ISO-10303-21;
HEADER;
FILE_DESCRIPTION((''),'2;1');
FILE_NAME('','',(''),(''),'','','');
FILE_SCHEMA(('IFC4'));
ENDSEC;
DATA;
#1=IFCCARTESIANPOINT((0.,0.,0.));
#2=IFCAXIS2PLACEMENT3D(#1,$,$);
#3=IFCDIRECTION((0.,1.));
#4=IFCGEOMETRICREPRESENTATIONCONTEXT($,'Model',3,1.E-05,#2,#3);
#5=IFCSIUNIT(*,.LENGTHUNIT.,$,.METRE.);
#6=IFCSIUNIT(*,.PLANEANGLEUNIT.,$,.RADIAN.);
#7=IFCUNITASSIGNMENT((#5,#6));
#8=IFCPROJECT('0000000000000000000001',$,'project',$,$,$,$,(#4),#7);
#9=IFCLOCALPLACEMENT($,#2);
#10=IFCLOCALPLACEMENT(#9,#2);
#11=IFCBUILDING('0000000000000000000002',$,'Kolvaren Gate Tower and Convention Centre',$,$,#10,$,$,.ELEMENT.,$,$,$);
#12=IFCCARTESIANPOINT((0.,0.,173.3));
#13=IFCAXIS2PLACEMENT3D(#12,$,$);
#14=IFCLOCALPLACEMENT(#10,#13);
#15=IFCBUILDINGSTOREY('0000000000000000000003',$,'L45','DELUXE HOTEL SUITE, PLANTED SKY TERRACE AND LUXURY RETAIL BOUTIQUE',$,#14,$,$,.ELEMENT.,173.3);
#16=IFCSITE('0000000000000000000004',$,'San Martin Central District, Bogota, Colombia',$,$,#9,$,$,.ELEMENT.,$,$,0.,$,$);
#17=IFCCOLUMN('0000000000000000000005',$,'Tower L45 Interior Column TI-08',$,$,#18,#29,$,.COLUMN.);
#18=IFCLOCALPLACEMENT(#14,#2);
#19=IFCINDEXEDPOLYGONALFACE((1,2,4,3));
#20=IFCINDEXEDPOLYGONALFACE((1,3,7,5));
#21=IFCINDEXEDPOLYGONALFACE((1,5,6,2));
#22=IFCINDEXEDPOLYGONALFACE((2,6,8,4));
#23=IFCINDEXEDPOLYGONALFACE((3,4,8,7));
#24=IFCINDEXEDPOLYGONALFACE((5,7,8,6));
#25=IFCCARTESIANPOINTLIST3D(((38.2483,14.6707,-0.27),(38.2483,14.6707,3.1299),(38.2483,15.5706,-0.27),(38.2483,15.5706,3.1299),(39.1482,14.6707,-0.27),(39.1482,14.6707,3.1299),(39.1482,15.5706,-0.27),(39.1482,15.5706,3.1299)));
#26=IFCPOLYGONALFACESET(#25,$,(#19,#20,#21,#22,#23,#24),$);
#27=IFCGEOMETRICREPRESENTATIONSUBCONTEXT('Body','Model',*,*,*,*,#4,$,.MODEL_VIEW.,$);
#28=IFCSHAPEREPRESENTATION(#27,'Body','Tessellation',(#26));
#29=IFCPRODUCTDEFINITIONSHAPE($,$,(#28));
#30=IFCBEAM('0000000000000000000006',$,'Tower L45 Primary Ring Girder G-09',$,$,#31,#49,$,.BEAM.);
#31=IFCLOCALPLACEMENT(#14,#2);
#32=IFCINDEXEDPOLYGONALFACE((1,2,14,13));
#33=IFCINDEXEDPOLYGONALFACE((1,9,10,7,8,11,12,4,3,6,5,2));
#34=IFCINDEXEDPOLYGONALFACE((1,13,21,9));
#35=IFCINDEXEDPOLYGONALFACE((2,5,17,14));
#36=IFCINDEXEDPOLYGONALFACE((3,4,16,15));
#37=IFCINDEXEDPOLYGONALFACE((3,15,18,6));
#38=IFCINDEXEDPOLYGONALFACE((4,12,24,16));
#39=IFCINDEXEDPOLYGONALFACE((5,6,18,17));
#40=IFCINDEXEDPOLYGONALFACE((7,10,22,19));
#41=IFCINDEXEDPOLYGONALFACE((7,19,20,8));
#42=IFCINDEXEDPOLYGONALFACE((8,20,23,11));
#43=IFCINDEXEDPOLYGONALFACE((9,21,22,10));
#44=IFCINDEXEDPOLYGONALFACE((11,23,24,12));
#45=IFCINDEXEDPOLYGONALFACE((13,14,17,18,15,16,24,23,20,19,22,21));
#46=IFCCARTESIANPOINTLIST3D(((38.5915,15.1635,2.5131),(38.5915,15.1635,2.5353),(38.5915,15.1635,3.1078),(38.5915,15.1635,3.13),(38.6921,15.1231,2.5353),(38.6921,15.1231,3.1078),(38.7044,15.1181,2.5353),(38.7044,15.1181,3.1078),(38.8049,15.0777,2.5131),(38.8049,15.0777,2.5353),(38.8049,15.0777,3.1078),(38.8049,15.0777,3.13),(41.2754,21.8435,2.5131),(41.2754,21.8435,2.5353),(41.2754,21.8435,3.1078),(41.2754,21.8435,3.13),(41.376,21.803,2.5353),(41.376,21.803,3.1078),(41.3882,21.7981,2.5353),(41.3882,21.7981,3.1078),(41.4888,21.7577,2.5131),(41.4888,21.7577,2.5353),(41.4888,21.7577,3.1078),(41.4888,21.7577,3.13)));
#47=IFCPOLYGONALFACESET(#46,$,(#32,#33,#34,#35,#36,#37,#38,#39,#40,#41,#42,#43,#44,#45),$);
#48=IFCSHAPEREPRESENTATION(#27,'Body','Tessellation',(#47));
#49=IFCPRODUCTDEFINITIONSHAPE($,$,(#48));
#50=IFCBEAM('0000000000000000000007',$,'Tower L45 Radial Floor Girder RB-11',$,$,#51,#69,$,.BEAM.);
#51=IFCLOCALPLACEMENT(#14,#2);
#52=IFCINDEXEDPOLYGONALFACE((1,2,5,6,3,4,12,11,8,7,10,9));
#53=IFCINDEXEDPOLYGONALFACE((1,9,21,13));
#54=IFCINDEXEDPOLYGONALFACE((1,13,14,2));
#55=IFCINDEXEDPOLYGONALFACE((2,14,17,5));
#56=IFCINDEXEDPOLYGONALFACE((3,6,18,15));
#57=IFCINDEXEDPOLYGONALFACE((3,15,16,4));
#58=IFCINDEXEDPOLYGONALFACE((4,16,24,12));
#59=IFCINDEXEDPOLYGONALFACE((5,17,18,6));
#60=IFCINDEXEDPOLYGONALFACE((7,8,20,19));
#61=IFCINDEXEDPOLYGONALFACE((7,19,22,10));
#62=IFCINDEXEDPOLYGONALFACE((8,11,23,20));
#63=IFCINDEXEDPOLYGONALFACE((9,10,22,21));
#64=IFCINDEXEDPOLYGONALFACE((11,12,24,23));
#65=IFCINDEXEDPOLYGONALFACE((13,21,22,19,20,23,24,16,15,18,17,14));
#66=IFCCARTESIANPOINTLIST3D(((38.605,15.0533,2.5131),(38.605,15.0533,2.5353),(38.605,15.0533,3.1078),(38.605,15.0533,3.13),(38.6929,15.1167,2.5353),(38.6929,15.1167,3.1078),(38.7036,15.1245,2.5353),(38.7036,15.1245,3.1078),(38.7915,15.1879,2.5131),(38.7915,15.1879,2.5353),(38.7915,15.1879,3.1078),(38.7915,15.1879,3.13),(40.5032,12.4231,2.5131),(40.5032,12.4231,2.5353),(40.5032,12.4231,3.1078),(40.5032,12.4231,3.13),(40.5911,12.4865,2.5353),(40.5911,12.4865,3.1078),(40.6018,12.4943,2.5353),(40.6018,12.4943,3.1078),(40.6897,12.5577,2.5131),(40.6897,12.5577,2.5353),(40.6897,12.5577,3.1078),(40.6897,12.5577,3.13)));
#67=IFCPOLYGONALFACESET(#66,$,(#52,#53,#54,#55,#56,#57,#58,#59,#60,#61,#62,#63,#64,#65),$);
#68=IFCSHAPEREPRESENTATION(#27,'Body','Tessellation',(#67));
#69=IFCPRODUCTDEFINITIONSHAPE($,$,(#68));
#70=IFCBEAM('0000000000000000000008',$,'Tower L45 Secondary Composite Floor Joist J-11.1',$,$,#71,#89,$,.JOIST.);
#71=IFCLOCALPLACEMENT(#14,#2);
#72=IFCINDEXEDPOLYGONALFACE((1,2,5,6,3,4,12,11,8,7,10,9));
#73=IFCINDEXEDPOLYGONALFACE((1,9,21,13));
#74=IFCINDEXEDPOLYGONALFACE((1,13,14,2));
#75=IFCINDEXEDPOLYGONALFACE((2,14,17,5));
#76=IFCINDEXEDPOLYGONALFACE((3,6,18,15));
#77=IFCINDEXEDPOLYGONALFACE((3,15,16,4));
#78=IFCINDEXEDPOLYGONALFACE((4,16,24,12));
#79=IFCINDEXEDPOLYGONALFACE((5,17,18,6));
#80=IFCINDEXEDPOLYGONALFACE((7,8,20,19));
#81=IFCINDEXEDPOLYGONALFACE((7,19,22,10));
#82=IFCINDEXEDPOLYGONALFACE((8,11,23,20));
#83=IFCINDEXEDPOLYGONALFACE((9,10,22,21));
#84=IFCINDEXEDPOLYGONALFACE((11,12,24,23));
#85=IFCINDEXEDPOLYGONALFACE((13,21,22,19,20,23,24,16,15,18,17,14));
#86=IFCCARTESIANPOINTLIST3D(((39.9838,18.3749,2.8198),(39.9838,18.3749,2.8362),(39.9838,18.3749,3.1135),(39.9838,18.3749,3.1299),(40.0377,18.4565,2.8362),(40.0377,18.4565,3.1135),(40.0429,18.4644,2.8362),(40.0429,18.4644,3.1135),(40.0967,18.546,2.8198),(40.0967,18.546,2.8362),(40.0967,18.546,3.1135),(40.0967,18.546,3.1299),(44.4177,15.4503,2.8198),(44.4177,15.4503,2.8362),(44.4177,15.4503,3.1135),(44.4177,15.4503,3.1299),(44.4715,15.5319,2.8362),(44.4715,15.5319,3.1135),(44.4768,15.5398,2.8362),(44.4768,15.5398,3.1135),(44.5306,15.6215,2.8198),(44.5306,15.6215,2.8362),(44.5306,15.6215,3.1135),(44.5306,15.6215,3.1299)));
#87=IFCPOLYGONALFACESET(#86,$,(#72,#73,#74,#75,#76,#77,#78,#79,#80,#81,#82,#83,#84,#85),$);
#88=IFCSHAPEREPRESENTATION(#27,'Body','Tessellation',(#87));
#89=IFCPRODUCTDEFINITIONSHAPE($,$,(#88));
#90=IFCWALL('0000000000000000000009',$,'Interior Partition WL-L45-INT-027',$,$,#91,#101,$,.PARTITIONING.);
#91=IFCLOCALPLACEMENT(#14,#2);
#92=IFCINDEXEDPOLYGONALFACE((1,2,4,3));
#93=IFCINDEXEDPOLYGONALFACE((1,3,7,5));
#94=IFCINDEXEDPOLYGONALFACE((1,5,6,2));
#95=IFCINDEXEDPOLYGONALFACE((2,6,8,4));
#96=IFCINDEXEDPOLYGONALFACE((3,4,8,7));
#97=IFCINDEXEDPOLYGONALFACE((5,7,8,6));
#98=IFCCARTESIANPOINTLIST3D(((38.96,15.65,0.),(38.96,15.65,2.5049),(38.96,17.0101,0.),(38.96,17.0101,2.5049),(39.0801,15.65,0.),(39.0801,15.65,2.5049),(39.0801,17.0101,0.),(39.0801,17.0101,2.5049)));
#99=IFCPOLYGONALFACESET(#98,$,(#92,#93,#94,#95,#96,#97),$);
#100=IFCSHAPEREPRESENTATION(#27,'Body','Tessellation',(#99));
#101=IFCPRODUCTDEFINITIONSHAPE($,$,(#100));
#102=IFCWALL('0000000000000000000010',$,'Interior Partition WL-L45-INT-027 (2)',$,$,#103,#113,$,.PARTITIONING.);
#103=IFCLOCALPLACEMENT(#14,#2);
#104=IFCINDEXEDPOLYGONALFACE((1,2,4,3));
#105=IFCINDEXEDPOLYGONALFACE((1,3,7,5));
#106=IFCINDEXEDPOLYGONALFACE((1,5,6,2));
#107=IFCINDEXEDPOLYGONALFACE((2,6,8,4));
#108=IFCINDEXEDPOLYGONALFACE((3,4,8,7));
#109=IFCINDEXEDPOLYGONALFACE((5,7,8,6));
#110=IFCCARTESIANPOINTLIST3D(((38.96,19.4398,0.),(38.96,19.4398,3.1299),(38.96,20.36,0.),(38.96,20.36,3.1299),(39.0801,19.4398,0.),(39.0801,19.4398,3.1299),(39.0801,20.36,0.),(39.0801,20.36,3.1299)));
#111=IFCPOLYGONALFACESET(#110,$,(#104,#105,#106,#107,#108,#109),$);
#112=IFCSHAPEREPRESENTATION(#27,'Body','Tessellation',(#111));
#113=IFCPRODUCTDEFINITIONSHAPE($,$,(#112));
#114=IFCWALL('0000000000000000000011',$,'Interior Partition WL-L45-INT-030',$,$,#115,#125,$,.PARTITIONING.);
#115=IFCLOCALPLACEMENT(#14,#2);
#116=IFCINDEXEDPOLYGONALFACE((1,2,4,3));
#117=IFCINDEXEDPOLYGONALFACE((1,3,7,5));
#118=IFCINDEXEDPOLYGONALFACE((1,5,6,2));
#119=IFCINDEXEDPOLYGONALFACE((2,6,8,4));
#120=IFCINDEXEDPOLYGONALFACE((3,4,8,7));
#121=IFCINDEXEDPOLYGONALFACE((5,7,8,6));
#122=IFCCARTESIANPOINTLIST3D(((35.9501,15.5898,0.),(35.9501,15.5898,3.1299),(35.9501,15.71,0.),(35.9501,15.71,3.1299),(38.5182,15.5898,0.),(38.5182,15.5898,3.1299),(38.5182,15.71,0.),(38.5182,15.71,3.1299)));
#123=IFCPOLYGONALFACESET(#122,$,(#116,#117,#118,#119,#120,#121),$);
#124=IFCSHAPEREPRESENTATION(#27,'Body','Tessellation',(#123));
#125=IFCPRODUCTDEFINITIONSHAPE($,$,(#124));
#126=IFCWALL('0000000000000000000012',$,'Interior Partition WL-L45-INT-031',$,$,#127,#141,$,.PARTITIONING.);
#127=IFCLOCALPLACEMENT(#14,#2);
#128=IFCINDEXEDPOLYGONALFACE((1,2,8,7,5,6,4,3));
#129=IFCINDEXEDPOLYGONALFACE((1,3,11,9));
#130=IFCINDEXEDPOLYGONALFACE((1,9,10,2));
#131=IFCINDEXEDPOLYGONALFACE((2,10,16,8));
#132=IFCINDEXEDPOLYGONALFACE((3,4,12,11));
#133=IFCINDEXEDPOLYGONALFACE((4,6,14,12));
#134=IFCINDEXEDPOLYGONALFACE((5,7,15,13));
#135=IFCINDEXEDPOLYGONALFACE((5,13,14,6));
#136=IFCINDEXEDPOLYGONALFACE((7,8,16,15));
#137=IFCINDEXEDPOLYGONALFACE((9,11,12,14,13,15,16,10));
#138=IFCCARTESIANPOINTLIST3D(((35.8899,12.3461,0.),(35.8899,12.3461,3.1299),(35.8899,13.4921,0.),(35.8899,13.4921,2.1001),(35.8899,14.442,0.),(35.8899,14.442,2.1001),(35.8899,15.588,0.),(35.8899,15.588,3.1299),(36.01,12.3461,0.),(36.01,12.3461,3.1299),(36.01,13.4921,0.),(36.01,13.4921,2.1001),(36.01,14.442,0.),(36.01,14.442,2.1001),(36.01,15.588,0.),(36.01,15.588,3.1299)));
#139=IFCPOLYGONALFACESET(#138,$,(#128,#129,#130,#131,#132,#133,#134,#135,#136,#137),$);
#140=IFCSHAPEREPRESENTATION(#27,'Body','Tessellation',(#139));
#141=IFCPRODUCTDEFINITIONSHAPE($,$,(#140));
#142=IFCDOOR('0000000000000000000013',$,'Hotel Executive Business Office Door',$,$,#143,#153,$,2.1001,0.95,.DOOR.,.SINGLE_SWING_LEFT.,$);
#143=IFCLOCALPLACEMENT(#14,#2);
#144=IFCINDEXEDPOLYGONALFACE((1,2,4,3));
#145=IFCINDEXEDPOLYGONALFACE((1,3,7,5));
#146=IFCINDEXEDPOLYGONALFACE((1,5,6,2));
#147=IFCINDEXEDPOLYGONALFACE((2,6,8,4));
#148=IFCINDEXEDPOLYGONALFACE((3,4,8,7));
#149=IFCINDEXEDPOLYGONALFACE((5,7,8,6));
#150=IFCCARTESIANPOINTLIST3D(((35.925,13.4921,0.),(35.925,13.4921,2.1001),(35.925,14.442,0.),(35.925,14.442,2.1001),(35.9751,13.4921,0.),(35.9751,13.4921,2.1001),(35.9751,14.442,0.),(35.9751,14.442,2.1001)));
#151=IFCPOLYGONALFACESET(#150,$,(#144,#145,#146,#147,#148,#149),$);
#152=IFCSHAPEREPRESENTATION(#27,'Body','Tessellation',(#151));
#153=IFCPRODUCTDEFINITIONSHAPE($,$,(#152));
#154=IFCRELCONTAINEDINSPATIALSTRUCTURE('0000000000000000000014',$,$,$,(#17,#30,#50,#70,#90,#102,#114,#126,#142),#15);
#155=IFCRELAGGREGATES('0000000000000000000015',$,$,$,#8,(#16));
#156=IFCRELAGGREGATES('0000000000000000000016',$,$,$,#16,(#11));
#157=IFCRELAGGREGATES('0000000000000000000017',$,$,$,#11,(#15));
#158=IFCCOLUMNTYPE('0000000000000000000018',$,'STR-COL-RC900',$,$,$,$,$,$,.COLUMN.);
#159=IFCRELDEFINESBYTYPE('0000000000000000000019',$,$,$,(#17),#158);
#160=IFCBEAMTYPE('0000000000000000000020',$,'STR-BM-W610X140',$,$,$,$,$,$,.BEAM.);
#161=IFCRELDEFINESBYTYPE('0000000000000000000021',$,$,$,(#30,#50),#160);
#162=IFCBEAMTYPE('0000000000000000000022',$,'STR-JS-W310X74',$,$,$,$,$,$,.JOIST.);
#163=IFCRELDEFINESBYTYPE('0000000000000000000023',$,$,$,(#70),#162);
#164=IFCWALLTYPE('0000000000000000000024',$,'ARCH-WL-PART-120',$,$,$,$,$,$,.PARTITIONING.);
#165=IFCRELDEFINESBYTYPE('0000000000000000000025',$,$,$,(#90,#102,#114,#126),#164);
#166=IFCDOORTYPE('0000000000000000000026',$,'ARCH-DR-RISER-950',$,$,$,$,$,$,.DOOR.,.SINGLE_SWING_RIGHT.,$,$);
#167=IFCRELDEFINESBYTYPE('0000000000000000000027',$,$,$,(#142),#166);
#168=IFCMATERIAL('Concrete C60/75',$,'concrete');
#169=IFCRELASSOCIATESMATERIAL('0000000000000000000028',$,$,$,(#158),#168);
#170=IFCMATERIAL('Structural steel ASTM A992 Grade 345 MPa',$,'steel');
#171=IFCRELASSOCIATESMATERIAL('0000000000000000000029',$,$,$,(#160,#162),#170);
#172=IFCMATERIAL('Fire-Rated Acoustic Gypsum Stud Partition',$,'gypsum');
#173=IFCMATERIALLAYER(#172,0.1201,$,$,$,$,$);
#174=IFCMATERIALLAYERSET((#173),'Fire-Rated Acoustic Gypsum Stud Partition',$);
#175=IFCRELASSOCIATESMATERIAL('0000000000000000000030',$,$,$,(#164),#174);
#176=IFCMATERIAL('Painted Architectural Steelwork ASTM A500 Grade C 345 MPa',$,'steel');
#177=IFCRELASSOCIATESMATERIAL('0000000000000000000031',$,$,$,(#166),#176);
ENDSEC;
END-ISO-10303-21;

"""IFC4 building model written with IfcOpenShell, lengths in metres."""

from ifc_helpers import new_model, si_unit, direction, frame, frame_2d, origin, origin_2d, place, context, subcontext, project, spatial, rectangle, i_section, extrude, material, layer, layer_set, material_profile, profile_set, type_object, element, fill, save


model = new_model("IFC4")

# Units and contexts
model_context = context("Model", 3, precision=1e-05, world=origin(), true_north=direction((0.0, 1.0)))
body_context = subcontext(model_context, "Body", "Model", "MODEL_VIEW")
ifc_project = project(units=[si_unit("LENGTHUNIT", "METRE"), si_unit("PLANEANGLEUNIT", "RADIAN")], contexts=[model_context])

# Site, building, storey
site_placement = place(None, origin())
site = spatial("IfcSite", under=ifc_project, at=site_placement, Name="San Martin Central District, Bogota, Colombia", CompositionType="ELEMENT", RefElevation=0.0)
building_placement = place(site_placement, origin())
building = spatial("IfcBuilding", under=site, at=building_placement, Name="Kolvaren Gate Tower and Convention Centre", CompositionType="ELEMENT")
storey_placement = place(building_placement, frame((0.0, 0.0, 173.3)))
storey = spatial("IfcBuildingStorey", under=building, at=storey_placement, Name="L45", Description="DELUXE HOTEL SUITE, PLANTED SKY TERRACE AND LUXURY RETAIL BOUTIQUE", CompositionType="ELEMENT", Elevation=173.3)

# Column
ifc_material_1 = material(Name="Concrete C60/75", Category="concrete")
ifc_material_profile_1 = material_profile(ifc_material_1, rectangle(XDim=0.8999, YDim=0.8999, at=origin_2d()), Name="RC-COL-900X900")
ifc_profile_set_1 = profile_set([ifc_material_profile_1], Name="Concrete C60/75")
column_type = type_object("IfcColumnType", Name="STR-COL-RC900", PredefinedType="COLUMN", material=ifc_profile_set_1)
column_placement = place(storey_placement, frame((38.6982, 15.1206, -0.27), z_axis=(0.0, 0.0, 1.0), x_axis=(1.0, 0.0, 0.0)))
element("IfcColumn", 1, at=column_placement, inside=storey, type_object=column_type, Name="Tower L45 Interior Column TI-08", PredefinedType="COLUMN", context=body_context, shape_type="SweptSolid", body=[
    extrude(rectangle(XDim=0.8999, YDim=0.8999, at=origin_2d()), origin(), (0.0, 0.0, 1.0), 3.3999),
])

# Beams
ifc_material_2 = material(Name="Structural steel ASTM A992 Grade 345 MPa", Category="steel")
ifc_material_profile_2 = material_profile(ifc_material_2, i_section(OverallWidth=0.23, OverallDepth=0.6169, WebThickness=0.0132, FlangeThickness=0.0222, at=origin_2d()), Name="W610X140")
ifc_profile_set_2 = profile_set([ifc_material_profile_2], Name="Structural steel ASTM A992 Grade 345 MPa")
beam_type_1 = type_object("IfcBeamType", Name="STR-BM-W610X140", PredefinedType="BEAM", material=ifc_profile_set_2)
beam_1_placement = place(storey_placement, frame((38.6982, 15.1206, 2.8215), z_axis=(0.372811, 0.927907, 0.0), x_axis=(-0.927907, 0.372811, 0.0)))
element("IfcBeam", 2, at=beam_1_placement, inside=storey, type_object=beam_type_1, Name="Tower L45 Primary Ring Girder G-09", PredefinedType="BEAM", context=body_context, shape_type="SweptSolid", body=[
    extrude(i_section(OverallWidth=0.23, OverallDepth=0.6169, WebThickness=0.0132, FlangeThickness=0.0222, at=origin_2d()), origin(), (0.0, 0.0, 1.0), 7.199),
])
beam_2_placement = place(storey_placement, frame((38.6982, 15.1206, 2.8215), z_axis=(0.585218, -0.810876, 0.0), x_axis=(0.810876, 0.585218, 0.0)))
element("IfcBeam", 3, at=beam_2_placement, inside=storey, type_object=beam_type_1, Name="Tower L45 Radial Floor Girder RB-11", PredefinedType="BEAM", context=body_context, shape_type="SweptSolid", body=[
    extrude(i_section(OverallWidth=0.23, OverallDepth=0.6169, WebThickness=0.0132, FlangeThickness=0.0222, at=origin_2d()), origin(), (0.0, 0.0, 1.0), 3.2437),
])
ifc_material_profile_3 = material_profile(ifc_material_2, i_section(OverallWidth=0.2051, OverallDepth=0.3101, WebThickness=0.0095, FlangeThickness=0.0164, at=origin_2d()), Name="W310X74")
ifc_profile_set_3 = profile_set([ifc_material_profile_3], Name="Structural steel ASTM A992 Grade 345 MPa")
beam_type_2 = type_object("IfcBeamType", Name="STR-JS-W310X74", PredefinedType="JOIST", material=ifc_profile_set_3)
beam_3_placement = place(storey_placement, frame((40.0403, 18.4604, 2.9749), z_axis=(0.834763, -0.55061, 0.0), x_axis=(0.55061, 0.834763, 0.0)))
element("IfcBeam", 4, at=beam_3_placement, inside=storey, type_object=beam_type_2, Name="Tower L45 Secondary Composite Floor Joist J-11.1", PredefinedType="JOIST", context=body_context, shape_type="SweptSolid", body=[
    extrude(i_section(OverallWidth=0.2051, OverallDepth=0.3101, WebThickness=0.0095, FlangeThickness=0.0164, at=origin_2d()), origin(), (0.0, 0.0, 1.0), 5.3115),
])

# Walls
ifc_material_3 = material(Name="Fire-Rated Acoustic Gypsum Stud Partition", Category="gypsum")
ifc_layer_1 = layer(ifc_material_3, 0.1201)
ifc_layer_set_1 = layer_set([ifc_layer_1], Name="Fire-Rated Acoustic Gypsum Stud Partition")
wall_type_1 = type_object("IfcWallType", Name="ARCH-WL-PART-120", PredefinedType="PARTITIONING", material=ifc_layer_set_1)
wall_1_placement = place(storey_placement, frame((39.02, 15.6499, 0.0), z_axis=(0.0, 0.0, 1.0), x_axis=(0.0, 1.0, 0.0)))
element("IfcWall", 5, at=wall_1_placement, inside=storey, type_object=wall_type_1, Name="Interior Partition WL-L45-INT-027", PredefinedType="PARTITIONING", context=body_context, shape_type="SweptSolid", body=[
    extrude(rectangle(XDim=1.3601, YDim=0.1201, at=frame_2d((0.6802, 0.0))), origin(), (0.0, 0.0, 1.0), 2.5049),
])
wall_2_placement = place(storey_placement, frame((39.02, 19.4399, 0.0), z_axis=(0.0, 0.0, 1.0), x_axis=(0.0, 1.0, 0.0)))
element("IfcWall", 6, at=wall_2_placement, inside=storey, type_object=wall_type_1, Name="Interior Partition WL-L45-INT-027 (2)", PredefinedType="PARTITIONING", context=body_context, shape_type="SweptSolid", body=[
    extrude(rectangle(XDim=0.9202, YDim=0.1201, at=frame_2d((0.46, 0.0))), origin(), (0.0, 0.0, 1.0), 3.1299),
])
wall_3_placement = place(storey_placement, frame((35.95, 15.6499, 0.0), z_axis=(0.0, 0.0, 1.0), x_axis=(1.0, 0.0, 0.0)))
element("IfcWall", 7, at=wall_3_placement, inside=storey, type_object=wall_type_1, Name="Interior Partition WL-L45-INT-030", PredefinedType="PARTITIONING", context=body_context, shape_type="SweptSolid", body=[
    extrude(rectangle(XDim=2.5681, YDim=0.1201, at=frame_2d((1.2842, 0.0))), origin(), (0.0, 0.0, 1.0), 3.1299),
])

# Wall, opening, door
wall_4_placement = place(storey_placement, frame((35.95, 12.3459, 0.0), z_axis=(0.0, 0.0, 1.0), x_axis=(0.0, 1.0, 0.0)))
wall_4 = element("IfcWall", 8, at=wall_4_placement, inside=storey, type_object=wall_type_1, Name="Interior Partition WL-L45-INT-031", PredefinedType="PARTITIONING", context=body_context, shape_type="SweptSolid", body=[
    extrude(rectangle(XDim=3.2419, YDim=0.1201, at=frame_2d((1.6211, 0.0))), origin(), (0.0, 0.0, 1.0), 3.1299),
])
opening_1_placement = place(wall_4_placement, frame((1.146, 0.0, 0.0)))
opening_1 = element("IfcOpeningElement", 9, at=opening_1_placement, cuts=wall_4, PredefinedType="OPENING", context=body_context, shape_type="SweptSolid", body=[
    extrude(rectangle(XDim=0.95, YDim=2.1001, at=frame_2d((0.4751, 1.05))), frame((0.0, 0.0701, 0.0), z_axis=(0.0, -1.0, 0.0), x_axis=(1.0, 0.0, 0.0)), (0.0, 0.0, 1.0), 0.1401),
])
ifc_material_4 = material(Name="Painted Architectural Steelwork ASTM A500 Grade C 345 MPa", Category="steel")
door_type_1 = type_object("IfcDoorType", Name="ARCH-DR-RISER-950", OperationType="SINGLE_SWING_RIGHT", PredefinedType="DOOR", material=ifc_material_4)
door_1_placement = place(opening_1_placement, origin())
door_1 = element("IfcDoor", 10, at=door_1_placement, inside=storey, type_object=door_type_1, Name="Hotel Executive Business Office Door", OperationType="SINGLE_SWING_LEFT", OverallHeight=2.1001, OverallWidth=0.95, PredefinedType="DOOR", context=body_context, shape_type="SweptSolid", body=[
    extrude(rectangle(XDim=0.95, YDim=2.1001, at=frame_2d((0.4751, 1.05))), frame((0.0, 0.0249, 0.0), z_axis=(0.0, -1.0, 0.0), x_axis=(1.0, 0.0, 0.0)), (0.0, 0.0, 1.0), 0.05),
])
fill(opening_1, door_1)

save(model, "model.ifc")
